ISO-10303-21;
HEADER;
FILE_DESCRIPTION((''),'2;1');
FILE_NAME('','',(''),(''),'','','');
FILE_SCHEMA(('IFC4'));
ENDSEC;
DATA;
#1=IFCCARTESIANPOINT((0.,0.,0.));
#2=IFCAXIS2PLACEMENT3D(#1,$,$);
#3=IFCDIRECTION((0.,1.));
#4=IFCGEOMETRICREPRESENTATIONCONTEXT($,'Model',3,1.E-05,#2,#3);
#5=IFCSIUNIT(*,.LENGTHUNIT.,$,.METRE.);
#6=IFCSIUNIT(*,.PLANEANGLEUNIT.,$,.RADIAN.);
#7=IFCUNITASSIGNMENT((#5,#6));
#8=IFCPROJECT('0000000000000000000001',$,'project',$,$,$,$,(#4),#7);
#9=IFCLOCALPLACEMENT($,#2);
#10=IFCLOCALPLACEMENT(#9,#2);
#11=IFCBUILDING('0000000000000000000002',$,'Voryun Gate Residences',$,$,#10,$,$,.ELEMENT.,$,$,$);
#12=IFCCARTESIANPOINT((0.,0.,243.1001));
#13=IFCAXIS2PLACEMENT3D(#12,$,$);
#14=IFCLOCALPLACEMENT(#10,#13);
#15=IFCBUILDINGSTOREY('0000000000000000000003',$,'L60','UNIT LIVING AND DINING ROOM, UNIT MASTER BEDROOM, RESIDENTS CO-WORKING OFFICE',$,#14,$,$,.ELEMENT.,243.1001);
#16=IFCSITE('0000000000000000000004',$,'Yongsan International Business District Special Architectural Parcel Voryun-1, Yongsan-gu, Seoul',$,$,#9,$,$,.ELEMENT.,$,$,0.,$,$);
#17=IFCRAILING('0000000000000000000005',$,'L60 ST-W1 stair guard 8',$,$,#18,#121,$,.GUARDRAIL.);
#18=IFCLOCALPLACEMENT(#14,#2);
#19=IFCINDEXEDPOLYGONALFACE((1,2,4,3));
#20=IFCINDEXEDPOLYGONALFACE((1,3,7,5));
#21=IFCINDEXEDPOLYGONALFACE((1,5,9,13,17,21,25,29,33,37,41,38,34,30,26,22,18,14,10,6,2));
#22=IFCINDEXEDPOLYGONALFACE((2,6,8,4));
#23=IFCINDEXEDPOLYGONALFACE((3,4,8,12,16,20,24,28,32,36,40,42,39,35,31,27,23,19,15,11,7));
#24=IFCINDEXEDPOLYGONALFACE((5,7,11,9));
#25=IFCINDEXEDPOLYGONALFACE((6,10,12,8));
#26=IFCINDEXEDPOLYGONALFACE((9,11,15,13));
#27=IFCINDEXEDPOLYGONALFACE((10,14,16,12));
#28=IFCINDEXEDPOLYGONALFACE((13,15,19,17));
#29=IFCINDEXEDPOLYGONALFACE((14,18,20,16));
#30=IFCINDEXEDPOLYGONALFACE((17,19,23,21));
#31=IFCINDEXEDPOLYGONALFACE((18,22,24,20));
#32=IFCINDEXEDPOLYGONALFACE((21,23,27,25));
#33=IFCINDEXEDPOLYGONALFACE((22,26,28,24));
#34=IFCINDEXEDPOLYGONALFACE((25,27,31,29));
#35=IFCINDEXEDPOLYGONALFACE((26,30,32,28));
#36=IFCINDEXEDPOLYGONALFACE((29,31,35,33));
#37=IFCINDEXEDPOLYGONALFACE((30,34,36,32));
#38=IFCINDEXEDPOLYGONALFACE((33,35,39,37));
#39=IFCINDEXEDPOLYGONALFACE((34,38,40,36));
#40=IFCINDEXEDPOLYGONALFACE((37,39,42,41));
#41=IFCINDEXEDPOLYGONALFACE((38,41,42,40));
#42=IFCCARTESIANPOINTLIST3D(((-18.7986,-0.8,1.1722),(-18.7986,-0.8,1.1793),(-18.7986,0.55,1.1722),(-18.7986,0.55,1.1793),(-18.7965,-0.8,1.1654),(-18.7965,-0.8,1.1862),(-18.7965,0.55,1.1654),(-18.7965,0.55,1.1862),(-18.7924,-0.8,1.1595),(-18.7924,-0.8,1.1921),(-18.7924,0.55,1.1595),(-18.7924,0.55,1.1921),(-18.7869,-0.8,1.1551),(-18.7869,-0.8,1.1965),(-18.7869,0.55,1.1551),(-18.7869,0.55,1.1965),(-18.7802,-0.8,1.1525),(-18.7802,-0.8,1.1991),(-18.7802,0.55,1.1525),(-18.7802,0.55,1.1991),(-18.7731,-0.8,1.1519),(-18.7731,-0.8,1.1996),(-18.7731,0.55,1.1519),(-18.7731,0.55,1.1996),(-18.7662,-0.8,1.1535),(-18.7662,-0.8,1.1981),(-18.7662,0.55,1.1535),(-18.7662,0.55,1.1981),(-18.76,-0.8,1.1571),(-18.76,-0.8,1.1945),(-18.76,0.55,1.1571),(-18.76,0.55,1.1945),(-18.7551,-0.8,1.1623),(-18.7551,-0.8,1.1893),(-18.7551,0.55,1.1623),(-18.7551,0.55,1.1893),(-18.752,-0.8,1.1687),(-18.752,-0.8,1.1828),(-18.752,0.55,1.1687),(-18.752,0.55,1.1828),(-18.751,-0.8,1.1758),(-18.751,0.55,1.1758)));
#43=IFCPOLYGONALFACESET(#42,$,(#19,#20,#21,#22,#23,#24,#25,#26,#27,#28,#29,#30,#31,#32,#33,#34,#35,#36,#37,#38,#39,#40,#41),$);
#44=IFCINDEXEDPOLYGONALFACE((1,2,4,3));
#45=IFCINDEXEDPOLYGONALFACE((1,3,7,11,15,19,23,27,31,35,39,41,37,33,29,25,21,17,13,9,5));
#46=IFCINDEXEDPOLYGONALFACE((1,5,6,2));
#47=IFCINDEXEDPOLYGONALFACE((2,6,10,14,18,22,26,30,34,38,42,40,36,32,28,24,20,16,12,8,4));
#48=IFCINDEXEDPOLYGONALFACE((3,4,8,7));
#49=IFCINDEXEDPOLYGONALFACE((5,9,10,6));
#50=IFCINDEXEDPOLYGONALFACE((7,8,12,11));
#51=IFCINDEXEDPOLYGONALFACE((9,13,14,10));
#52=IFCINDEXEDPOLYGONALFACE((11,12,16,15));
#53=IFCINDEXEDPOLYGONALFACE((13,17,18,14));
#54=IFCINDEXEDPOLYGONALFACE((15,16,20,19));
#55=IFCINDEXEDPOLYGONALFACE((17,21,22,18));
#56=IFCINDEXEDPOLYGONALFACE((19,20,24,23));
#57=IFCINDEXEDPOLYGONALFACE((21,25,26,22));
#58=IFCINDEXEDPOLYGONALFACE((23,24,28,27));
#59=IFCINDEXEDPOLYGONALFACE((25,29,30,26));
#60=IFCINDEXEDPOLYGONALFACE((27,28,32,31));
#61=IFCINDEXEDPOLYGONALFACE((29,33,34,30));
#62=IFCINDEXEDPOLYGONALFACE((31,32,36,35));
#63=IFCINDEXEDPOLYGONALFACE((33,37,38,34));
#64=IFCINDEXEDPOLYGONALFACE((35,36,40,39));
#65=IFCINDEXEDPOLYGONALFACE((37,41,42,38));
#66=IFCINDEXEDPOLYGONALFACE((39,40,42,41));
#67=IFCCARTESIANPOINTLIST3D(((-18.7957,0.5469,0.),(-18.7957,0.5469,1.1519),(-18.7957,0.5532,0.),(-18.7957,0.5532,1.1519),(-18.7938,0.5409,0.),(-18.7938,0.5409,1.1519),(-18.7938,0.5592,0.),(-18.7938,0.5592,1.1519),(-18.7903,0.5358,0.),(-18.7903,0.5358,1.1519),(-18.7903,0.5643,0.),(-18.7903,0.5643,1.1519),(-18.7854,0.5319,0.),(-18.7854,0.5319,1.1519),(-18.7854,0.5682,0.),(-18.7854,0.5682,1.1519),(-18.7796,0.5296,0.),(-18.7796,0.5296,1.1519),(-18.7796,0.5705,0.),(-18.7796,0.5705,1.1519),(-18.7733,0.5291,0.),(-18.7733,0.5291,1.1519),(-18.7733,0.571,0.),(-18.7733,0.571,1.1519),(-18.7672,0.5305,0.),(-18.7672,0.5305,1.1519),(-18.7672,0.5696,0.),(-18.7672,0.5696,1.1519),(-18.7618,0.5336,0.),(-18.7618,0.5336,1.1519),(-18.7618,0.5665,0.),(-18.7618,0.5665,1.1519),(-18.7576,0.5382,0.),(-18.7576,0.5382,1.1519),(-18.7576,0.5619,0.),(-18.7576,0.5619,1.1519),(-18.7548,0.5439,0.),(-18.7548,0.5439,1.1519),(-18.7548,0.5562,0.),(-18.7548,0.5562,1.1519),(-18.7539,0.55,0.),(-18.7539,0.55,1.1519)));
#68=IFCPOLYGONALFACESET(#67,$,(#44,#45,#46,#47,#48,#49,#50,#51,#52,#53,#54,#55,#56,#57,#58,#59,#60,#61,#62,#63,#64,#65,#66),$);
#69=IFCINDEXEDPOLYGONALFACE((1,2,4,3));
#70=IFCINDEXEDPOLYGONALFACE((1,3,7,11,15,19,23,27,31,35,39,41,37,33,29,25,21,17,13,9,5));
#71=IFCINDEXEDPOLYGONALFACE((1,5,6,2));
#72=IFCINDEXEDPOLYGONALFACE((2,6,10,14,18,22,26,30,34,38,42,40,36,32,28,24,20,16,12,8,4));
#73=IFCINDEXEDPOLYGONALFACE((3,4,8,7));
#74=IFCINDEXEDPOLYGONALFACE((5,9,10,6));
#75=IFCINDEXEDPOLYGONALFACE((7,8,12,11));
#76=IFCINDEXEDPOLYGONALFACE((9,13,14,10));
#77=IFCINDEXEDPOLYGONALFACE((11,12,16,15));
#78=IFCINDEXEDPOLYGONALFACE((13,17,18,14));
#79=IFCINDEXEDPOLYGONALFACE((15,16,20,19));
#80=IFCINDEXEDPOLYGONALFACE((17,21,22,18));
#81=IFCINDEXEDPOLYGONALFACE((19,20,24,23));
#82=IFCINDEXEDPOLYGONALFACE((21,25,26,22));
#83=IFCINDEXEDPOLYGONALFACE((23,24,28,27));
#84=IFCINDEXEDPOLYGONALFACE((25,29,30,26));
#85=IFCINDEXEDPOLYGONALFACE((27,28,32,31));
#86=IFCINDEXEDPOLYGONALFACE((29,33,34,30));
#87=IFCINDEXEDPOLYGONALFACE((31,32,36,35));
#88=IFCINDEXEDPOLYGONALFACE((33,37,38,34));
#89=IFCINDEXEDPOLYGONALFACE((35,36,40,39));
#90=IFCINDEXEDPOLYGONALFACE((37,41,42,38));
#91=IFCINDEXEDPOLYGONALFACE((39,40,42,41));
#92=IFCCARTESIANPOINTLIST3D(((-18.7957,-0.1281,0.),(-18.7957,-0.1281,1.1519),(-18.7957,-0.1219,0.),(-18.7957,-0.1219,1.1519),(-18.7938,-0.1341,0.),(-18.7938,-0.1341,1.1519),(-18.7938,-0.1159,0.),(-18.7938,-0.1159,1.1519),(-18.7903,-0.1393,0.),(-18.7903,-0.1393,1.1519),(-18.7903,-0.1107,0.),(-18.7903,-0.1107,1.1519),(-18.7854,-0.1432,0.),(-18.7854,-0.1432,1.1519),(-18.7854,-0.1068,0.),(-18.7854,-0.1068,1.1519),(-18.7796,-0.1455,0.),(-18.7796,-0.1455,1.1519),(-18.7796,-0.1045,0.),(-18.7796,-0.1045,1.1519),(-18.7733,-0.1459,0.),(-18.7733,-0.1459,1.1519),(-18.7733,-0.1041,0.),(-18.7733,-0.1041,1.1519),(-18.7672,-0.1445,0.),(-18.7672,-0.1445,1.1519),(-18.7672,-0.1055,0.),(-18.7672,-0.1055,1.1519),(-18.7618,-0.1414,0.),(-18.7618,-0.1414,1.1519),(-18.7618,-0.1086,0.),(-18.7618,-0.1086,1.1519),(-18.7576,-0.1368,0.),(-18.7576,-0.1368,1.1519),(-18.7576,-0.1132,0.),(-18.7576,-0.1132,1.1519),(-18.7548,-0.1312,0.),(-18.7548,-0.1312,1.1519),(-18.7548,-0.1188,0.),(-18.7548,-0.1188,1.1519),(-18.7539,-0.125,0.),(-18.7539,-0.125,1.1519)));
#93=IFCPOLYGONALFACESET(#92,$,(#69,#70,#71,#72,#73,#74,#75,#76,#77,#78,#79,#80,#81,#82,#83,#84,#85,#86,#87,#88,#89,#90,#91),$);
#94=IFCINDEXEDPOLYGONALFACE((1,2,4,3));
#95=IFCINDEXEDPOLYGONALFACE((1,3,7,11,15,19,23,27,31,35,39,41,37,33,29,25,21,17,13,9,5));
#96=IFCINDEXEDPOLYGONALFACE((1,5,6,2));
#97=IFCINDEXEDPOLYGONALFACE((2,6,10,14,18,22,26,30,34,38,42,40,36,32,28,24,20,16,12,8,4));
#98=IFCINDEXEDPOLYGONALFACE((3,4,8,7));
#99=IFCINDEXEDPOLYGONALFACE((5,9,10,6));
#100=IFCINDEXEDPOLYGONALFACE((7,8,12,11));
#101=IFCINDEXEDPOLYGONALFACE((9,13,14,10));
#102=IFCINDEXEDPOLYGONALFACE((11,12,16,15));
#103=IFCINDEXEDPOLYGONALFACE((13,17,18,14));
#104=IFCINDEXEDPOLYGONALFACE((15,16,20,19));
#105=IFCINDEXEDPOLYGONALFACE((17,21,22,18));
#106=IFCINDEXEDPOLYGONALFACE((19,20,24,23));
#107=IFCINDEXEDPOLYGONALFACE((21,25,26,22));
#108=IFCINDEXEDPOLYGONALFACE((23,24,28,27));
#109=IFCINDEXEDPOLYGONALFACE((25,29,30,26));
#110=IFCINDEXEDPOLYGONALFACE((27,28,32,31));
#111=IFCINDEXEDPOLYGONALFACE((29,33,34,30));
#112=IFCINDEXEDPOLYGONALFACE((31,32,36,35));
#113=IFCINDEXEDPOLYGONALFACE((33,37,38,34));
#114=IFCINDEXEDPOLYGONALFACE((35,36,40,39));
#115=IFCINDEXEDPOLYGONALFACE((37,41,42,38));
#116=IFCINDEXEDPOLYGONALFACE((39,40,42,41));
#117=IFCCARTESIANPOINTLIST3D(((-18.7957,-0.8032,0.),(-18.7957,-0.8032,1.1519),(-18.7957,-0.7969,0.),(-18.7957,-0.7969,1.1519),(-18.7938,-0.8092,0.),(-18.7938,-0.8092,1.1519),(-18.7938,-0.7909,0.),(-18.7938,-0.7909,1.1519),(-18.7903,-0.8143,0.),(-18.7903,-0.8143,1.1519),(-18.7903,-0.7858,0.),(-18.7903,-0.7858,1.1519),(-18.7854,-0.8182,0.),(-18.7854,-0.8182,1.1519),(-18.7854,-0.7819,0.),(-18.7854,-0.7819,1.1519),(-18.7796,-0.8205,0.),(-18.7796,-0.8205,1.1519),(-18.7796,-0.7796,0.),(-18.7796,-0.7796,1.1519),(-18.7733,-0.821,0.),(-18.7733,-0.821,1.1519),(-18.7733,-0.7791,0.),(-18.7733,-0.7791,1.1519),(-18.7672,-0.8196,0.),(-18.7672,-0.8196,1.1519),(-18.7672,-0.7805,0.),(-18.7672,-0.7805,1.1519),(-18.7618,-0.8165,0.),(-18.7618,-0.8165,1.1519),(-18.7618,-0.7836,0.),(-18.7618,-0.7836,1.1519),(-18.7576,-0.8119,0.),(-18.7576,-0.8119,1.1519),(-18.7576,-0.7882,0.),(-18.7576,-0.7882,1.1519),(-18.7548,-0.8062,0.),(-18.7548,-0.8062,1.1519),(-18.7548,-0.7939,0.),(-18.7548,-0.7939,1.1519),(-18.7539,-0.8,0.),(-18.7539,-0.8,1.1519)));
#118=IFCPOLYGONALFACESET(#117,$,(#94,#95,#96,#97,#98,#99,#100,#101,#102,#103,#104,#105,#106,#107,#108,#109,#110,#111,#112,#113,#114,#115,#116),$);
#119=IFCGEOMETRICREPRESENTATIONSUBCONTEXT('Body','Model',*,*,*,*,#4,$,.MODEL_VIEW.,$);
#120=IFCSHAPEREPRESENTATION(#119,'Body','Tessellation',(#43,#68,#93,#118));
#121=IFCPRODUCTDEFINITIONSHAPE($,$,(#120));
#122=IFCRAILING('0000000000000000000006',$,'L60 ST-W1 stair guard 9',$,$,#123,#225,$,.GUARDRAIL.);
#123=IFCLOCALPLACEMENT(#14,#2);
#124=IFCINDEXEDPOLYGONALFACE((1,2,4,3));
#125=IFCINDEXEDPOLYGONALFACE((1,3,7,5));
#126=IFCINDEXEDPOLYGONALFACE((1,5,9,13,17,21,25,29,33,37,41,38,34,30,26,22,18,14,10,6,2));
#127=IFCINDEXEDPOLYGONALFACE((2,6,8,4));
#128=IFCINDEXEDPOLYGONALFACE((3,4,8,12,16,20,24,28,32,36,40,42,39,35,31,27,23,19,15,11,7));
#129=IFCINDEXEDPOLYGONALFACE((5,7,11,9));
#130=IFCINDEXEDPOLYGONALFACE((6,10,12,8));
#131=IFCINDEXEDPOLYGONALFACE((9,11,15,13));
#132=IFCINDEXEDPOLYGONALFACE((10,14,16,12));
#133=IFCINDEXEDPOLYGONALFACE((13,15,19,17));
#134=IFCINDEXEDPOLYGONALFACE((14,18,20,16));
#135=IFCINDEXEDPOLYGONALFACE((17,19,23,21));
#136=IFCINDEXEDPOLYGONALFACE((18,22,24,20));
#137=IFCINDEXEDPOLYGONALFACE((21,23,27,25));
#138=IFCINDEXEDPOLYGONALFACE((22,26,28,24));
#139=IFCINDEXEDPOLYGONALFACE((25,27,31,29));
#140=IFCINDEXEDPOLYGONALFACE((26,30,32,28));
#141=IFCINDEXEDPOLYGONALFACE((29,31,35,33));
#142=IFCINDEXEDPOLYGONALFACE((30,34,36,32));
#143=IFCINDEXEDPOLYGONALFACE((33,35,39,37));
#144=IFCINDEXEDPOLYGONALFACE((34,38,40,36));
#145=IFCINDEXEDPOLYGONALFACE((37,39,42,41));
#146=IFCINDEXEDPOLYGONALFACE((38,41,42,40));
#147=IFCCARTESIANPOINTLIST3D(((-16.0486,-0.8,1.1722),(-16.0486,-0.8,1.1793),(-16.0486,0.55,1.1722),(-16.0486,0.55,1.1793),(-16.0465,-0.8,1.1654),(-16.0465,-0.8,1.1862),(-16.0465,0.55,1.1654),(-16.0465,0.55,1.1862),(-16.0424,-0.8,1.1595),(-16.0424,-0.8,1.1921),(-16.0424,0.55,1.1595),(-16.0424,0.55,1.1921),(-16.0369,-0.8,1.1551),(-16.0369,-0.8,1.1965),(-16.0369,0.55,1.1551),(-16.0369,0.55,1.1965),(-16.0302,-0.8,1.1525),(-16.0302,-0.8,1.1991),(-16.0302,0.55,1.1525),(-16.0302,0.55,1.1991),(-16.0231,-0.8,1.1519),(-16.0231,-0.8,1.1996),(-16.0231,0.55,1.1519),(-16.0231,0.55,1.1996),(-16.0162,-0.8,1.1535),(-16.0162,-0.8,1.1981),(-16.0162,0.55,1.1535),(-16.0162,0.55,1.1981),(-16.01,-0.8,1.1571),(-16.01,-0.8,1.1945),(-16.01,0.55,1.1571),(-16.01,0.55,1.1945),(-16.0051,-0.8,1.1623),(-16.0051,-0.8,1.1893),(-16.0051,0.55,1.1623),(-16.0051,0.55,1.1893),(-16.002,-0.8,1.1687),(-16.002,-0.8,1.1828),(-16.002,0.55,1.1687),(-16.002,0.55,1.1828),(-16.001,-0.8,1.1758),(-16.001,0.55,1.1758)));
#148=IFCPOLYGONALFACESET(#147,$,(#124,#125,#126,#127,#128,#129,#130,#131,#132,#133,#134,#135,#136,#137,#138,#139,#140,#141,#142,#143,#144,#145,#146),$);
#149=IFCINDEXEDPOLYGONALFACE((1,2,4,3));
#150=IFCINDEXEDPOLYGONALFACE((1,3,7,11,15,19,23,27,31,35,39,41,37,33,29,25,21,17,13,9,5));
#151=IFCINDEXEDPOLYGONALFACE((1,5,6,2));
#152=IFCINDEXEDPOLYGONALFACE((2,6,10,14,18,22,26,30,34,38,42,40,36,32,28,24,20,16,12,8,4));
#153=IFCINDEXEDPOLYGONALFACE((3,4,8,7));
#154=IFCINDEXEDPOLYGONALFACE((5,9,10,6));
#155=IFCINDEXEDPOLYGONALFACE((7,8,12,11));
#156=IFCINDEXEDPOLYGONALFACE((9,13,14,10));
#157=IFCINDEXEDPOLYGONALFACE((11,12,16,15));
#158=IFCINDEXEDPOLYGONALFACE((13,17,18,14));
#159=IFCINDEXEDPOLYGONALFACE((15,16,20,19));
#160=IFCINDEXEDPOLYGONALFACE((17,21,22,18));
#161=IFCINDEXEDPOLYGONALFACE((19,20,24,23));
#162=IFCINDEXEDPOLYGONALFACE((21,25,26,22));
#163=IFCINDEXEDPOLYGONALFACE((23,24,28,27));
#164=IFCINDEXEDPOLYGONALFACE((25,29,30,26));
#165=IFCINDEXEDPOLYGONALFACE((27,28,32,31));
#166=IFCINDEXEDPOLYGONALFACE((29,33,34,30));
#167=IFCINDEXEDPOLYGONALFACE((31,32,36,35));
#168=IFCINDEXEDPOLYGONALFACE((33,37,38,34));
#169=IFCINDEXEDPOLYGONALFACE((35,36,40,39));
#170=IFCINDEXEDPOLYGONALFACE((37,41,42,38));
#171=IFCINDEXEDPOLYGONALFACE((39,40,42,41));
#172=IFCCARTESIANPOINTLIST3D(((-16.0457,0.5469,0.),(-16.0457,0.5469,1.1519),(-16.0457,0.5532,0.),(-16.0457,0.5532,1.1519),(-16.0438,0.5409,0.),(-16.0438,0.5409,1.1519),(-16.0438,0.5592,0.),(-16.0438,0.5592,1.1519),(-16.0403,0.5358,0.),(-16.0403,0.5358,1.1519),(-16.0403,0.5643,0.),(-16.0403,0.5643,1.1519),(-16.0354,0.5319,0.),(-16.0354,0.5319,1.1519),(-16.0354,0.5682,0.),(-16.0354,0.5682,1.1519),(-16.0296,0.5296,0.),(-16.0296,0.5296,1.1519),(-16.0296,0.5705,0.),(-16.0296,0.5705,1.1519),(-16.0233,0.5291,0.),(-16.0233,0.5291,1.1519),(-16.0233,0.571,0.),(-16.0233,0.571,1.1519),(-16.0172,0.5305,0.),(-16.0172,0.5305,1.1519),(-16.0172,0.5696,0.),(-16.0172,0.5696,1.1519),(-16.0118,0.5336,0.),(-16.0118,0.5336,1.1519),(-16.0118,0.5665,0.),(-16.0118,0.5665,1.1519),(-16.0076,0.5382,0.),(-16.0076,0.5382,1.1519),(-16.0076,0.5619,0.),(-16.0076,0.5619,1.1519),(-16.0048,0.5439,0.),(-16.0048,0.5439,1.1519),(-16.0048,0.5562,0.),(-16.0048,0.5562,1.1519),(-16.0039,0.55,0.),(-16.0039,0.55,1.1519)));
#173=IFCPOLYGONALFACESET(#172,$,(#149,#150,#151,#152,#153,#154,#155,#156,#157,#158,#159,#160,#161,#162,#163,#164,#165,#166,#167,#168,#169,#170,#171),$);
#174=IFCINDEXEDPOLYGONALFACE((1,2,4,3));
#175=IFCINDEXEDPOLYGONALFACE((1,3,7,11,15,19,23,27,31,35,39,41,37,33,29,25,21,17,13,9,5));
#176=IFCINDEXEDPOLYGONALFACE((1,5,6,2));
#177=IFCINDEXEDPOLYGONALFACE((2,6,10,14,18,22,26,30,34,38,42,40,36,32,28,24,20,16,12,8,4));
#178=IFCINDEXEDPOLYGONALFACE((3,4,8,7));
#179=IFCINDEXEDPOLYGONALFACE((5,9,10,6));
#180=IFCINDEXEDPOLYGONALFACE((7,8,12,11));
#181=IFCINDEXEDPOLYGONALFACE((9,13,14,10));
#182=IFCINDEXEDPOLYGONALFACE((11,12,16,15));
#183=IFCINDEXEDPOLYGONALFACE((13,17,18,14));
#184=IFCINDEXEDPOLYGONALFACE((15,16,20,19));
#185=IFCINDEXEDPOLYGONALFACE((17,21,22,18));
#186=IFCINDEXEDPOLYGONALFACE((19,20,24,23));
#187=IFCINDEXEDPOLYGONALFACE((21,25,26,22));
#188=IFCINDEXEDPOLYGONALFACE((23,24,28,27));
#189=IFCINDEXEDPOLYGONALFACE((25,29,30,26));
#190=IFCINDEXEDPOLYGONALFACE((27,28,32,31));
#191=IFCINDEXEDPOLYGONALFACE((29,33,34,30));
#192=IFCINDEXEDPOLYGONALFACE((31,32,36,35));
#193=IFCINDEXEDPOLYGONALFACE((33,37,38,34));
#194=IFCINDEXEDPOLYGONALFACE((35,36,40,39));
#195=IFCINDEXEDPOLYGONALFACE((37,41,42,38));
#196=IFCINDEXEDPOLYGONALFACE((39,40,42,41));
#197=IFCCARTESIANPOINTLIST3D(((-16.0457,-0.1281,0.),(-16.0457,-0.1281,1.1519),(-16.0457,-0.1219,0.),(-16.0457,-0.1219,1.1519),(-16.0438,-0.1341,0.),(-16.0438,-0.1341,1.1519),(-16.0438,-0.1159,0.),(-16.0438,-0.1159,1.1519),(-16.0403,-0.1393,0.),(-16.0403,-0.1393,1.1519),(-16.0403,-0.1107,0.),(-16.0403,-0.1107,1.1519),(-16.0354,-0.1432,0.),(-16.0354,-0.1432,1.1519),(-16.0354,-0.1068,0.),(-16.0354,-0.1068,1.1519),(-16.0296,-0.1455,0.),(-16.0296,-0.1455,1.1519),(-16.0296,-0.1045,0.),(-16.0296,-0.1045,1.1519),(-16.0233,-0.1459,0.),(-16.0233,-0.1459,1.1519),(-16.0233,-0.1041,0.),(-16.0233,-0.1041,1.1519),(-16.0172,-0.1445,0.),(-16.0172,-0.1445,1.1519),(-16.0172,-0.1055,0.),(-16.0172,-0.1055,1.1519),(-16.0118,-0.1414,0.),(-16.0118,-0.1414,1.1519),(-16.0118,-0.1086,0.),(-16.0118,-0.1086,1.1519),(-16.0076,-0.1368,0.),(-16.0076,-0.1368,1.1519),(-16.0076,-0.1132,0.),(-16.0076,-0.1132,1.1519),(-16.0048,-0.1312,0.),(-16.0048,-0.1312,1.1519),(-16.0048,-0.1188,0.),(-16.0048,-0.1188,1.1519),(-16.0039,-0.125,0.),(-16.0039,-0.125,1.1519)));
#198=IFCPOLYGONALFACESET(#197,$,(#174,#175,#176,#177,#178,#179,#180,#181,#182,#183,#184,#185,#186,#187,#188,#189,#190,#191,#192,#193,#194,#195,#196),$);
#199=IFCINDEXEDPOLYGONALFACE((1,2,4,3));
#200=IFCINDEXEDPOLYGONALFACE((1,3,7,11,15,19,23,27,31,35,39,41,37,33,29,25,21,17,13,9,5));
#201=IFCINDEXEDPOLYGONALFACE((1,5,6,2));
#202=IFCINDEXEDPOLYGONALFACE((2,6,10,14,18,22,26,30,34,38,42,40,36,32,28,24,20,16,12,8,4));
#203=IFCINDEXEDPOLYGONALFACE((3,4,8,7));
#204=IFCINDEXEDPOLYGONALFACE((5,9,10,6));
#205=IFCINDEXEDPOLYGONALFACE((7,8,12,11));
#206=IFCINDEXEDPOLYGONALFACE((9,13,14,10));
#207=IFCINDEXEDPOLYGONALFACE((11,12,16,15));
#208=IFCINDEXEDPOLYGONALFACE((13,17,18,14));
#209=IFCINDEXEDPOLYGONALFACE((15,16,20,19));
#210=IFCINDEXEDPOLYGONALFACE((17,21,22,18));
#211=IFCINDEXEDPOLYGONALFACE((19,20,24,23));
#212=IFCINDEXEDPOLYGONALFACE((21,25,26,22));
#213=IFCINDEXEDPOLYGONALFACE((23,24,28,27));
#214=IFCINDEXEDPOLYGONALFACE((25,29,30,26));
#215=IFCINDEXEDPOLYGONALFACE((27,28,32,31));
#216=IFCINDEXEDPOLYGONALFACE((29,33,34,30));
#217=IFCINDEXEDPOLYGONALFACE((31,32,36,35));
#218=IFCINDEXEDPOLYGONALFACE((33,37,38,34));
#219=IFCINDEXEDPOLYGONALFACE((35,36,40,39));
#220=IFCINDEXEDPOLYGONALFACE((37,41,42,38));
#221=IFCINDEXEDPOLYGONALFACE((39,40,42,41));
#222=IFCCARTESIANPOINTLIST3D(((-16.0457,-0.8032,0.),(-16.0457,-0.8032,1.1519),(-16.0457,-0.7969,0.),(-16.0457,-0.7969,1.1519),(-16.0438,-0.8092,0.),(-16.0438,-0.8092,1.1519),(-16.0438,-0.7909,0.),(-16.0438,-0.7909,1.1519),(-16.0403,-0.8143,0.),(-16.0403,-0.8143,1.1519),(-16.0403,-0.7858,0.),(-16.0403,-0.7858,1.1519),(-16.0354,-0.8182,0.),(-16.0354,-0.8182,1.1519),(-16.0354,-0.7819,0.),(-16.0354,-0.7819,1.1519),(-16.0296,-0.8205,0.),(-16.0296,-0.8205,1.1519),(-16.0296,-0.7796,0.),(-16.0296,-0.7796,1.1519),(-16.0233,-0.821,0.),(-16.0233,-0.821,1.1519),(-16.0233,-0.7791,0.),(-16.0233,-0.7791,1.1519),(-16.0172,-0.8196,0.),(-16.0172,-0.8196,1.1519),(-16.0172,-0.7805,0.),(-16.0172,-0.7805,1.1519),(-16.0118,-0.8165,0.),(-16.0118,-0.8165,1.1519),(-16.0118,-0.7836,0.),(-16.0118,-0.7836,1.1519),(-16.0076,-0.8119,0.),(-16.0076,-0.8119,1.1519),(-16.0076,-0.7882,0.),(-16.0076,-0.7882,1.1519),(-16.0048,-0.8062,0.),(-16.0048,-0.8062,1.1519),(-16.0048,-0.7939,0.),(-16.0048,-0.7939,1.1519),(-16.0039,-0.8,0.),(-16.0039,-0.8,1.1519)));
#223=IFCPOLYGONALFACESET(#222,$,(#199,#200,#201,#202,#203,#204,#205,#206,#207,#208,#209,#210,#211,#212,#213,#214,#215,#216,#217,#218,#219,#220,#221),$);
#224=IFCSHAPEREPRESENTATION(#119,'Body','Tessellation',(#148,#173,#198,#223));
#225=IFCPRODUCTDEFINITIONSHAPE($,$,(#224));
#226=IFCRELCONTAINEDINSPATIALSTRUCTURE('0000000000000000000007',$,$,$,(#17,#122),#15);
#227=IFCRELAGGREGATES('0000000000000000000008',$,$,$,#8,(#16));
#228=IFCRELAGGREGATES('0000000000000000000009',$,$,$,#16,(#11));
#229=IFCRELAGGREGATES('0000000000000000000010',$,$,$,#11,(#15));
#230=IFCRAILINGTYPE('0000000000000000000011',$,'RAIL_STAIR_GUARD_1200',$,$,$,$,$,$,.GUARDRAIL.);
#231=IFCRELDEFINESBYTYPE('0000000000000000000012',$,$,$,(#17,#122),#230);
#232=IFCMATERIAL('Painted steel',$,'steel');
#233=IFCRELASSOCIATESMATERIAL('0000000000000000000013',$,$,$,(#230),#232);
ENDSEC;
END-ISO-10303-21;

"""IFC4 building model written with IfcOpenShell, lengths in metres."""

from ifc_helpers import new_model, si_unit, direction, frame, origin, origin_2d, place, context, subcontext, project, spatial, circle, extrude, material, type_object, element, save


model = new_model("IFC4")

# Units and contexts
model_context = context("Model", 3, precision=1e-05, world=origin(), true_north=direction((0.0, 1.0)))
body_context = subcontext(model_context, "Body", "Model", "MODEL_VIEW")
ifc_project = project(units=[si_unit("LENGTHUNIT", "METRE"), si_unit("PLANEANGLEUNIT", "RADIAN")], contexts=[model_context])

# Site, building, storey
site_placement = place(None, origin())
site = spatial("IfcSite", under=ifc_project, at=site_placement, Name="Yongsan International Business District Special Architectural Parcel Voryun-1, Yongsan-gu, Seoul", CompositionType="ELEMENT", RefElevation=0.0)
building_placement = place(site_placement, origin())
building = spatial("IfcBuilding", under=site, at=building_placement, Name="Voryun Gate Residences", CompositionType="ELEMENT")
storey_placement = place(building_placement, frame((0.0, 0.0, 243.1001)))
storey = spatial("IfcBuildingStorey", under=building, at=storey_placement, Name="L60", Description="UNIT LIVING AND DINING ROOM, UNIT MASTER BEDROOM, RESIDENTS CO-WORKING OFFICE", CompositionType="ELEMENT", Elevation=243.1001)

# Railings
ifc_material_1 = material(Name="Painted steel", Category="steel")
railing_type = type_object("IfcRailingType", Name="RAIL_STAIR_GUARD_1200", PredefinedType="GUARDRAIL", material=ifc_material_1)
for number, where, name in (
    (1, (-18.7749, 0.55, 0.0), "L60 ST-W1 stair guard 8"),
    (2, (-16.0249, 0.55, 0.0), "L60 ST-W1 stair guard 9"),
):
    element("IfcRailing", number, at=place(storey_placement, frame(where)), inside=storey, type_object=railing_type, Name=name, PredefinedType="GUARDRAIL", context=body_context, shape_type="SweptSolid", body=[
        extrude(circle(Radius=0.0239, at=origin_2d()), frame((0.0, 0.0, 1.1758), z_axis=(0.0, -1.0, 0.0), x_axis=(1.0, 0.0, 0.0)), (0.0, 0.0, 1.0), 1.3501),
        extrude(circle(Radius=0.021, at=origin_2d()), origin(), (0.0, 0.0, 1.0), 1.1519),
        extrude(circle(Radius=0.021, at=origin_2d()), frame((0.0, -0.675, 0.0)), (0.0, 0.0, 1.0), 1.1519),
        extrude(circle(Radius=0.021, at=origin_2d()), frame((0.0, -1.3501, 0.0)), (0.0, 0.0, 1.0), 1.1519),
    ])

save(model, "model.ifc")
